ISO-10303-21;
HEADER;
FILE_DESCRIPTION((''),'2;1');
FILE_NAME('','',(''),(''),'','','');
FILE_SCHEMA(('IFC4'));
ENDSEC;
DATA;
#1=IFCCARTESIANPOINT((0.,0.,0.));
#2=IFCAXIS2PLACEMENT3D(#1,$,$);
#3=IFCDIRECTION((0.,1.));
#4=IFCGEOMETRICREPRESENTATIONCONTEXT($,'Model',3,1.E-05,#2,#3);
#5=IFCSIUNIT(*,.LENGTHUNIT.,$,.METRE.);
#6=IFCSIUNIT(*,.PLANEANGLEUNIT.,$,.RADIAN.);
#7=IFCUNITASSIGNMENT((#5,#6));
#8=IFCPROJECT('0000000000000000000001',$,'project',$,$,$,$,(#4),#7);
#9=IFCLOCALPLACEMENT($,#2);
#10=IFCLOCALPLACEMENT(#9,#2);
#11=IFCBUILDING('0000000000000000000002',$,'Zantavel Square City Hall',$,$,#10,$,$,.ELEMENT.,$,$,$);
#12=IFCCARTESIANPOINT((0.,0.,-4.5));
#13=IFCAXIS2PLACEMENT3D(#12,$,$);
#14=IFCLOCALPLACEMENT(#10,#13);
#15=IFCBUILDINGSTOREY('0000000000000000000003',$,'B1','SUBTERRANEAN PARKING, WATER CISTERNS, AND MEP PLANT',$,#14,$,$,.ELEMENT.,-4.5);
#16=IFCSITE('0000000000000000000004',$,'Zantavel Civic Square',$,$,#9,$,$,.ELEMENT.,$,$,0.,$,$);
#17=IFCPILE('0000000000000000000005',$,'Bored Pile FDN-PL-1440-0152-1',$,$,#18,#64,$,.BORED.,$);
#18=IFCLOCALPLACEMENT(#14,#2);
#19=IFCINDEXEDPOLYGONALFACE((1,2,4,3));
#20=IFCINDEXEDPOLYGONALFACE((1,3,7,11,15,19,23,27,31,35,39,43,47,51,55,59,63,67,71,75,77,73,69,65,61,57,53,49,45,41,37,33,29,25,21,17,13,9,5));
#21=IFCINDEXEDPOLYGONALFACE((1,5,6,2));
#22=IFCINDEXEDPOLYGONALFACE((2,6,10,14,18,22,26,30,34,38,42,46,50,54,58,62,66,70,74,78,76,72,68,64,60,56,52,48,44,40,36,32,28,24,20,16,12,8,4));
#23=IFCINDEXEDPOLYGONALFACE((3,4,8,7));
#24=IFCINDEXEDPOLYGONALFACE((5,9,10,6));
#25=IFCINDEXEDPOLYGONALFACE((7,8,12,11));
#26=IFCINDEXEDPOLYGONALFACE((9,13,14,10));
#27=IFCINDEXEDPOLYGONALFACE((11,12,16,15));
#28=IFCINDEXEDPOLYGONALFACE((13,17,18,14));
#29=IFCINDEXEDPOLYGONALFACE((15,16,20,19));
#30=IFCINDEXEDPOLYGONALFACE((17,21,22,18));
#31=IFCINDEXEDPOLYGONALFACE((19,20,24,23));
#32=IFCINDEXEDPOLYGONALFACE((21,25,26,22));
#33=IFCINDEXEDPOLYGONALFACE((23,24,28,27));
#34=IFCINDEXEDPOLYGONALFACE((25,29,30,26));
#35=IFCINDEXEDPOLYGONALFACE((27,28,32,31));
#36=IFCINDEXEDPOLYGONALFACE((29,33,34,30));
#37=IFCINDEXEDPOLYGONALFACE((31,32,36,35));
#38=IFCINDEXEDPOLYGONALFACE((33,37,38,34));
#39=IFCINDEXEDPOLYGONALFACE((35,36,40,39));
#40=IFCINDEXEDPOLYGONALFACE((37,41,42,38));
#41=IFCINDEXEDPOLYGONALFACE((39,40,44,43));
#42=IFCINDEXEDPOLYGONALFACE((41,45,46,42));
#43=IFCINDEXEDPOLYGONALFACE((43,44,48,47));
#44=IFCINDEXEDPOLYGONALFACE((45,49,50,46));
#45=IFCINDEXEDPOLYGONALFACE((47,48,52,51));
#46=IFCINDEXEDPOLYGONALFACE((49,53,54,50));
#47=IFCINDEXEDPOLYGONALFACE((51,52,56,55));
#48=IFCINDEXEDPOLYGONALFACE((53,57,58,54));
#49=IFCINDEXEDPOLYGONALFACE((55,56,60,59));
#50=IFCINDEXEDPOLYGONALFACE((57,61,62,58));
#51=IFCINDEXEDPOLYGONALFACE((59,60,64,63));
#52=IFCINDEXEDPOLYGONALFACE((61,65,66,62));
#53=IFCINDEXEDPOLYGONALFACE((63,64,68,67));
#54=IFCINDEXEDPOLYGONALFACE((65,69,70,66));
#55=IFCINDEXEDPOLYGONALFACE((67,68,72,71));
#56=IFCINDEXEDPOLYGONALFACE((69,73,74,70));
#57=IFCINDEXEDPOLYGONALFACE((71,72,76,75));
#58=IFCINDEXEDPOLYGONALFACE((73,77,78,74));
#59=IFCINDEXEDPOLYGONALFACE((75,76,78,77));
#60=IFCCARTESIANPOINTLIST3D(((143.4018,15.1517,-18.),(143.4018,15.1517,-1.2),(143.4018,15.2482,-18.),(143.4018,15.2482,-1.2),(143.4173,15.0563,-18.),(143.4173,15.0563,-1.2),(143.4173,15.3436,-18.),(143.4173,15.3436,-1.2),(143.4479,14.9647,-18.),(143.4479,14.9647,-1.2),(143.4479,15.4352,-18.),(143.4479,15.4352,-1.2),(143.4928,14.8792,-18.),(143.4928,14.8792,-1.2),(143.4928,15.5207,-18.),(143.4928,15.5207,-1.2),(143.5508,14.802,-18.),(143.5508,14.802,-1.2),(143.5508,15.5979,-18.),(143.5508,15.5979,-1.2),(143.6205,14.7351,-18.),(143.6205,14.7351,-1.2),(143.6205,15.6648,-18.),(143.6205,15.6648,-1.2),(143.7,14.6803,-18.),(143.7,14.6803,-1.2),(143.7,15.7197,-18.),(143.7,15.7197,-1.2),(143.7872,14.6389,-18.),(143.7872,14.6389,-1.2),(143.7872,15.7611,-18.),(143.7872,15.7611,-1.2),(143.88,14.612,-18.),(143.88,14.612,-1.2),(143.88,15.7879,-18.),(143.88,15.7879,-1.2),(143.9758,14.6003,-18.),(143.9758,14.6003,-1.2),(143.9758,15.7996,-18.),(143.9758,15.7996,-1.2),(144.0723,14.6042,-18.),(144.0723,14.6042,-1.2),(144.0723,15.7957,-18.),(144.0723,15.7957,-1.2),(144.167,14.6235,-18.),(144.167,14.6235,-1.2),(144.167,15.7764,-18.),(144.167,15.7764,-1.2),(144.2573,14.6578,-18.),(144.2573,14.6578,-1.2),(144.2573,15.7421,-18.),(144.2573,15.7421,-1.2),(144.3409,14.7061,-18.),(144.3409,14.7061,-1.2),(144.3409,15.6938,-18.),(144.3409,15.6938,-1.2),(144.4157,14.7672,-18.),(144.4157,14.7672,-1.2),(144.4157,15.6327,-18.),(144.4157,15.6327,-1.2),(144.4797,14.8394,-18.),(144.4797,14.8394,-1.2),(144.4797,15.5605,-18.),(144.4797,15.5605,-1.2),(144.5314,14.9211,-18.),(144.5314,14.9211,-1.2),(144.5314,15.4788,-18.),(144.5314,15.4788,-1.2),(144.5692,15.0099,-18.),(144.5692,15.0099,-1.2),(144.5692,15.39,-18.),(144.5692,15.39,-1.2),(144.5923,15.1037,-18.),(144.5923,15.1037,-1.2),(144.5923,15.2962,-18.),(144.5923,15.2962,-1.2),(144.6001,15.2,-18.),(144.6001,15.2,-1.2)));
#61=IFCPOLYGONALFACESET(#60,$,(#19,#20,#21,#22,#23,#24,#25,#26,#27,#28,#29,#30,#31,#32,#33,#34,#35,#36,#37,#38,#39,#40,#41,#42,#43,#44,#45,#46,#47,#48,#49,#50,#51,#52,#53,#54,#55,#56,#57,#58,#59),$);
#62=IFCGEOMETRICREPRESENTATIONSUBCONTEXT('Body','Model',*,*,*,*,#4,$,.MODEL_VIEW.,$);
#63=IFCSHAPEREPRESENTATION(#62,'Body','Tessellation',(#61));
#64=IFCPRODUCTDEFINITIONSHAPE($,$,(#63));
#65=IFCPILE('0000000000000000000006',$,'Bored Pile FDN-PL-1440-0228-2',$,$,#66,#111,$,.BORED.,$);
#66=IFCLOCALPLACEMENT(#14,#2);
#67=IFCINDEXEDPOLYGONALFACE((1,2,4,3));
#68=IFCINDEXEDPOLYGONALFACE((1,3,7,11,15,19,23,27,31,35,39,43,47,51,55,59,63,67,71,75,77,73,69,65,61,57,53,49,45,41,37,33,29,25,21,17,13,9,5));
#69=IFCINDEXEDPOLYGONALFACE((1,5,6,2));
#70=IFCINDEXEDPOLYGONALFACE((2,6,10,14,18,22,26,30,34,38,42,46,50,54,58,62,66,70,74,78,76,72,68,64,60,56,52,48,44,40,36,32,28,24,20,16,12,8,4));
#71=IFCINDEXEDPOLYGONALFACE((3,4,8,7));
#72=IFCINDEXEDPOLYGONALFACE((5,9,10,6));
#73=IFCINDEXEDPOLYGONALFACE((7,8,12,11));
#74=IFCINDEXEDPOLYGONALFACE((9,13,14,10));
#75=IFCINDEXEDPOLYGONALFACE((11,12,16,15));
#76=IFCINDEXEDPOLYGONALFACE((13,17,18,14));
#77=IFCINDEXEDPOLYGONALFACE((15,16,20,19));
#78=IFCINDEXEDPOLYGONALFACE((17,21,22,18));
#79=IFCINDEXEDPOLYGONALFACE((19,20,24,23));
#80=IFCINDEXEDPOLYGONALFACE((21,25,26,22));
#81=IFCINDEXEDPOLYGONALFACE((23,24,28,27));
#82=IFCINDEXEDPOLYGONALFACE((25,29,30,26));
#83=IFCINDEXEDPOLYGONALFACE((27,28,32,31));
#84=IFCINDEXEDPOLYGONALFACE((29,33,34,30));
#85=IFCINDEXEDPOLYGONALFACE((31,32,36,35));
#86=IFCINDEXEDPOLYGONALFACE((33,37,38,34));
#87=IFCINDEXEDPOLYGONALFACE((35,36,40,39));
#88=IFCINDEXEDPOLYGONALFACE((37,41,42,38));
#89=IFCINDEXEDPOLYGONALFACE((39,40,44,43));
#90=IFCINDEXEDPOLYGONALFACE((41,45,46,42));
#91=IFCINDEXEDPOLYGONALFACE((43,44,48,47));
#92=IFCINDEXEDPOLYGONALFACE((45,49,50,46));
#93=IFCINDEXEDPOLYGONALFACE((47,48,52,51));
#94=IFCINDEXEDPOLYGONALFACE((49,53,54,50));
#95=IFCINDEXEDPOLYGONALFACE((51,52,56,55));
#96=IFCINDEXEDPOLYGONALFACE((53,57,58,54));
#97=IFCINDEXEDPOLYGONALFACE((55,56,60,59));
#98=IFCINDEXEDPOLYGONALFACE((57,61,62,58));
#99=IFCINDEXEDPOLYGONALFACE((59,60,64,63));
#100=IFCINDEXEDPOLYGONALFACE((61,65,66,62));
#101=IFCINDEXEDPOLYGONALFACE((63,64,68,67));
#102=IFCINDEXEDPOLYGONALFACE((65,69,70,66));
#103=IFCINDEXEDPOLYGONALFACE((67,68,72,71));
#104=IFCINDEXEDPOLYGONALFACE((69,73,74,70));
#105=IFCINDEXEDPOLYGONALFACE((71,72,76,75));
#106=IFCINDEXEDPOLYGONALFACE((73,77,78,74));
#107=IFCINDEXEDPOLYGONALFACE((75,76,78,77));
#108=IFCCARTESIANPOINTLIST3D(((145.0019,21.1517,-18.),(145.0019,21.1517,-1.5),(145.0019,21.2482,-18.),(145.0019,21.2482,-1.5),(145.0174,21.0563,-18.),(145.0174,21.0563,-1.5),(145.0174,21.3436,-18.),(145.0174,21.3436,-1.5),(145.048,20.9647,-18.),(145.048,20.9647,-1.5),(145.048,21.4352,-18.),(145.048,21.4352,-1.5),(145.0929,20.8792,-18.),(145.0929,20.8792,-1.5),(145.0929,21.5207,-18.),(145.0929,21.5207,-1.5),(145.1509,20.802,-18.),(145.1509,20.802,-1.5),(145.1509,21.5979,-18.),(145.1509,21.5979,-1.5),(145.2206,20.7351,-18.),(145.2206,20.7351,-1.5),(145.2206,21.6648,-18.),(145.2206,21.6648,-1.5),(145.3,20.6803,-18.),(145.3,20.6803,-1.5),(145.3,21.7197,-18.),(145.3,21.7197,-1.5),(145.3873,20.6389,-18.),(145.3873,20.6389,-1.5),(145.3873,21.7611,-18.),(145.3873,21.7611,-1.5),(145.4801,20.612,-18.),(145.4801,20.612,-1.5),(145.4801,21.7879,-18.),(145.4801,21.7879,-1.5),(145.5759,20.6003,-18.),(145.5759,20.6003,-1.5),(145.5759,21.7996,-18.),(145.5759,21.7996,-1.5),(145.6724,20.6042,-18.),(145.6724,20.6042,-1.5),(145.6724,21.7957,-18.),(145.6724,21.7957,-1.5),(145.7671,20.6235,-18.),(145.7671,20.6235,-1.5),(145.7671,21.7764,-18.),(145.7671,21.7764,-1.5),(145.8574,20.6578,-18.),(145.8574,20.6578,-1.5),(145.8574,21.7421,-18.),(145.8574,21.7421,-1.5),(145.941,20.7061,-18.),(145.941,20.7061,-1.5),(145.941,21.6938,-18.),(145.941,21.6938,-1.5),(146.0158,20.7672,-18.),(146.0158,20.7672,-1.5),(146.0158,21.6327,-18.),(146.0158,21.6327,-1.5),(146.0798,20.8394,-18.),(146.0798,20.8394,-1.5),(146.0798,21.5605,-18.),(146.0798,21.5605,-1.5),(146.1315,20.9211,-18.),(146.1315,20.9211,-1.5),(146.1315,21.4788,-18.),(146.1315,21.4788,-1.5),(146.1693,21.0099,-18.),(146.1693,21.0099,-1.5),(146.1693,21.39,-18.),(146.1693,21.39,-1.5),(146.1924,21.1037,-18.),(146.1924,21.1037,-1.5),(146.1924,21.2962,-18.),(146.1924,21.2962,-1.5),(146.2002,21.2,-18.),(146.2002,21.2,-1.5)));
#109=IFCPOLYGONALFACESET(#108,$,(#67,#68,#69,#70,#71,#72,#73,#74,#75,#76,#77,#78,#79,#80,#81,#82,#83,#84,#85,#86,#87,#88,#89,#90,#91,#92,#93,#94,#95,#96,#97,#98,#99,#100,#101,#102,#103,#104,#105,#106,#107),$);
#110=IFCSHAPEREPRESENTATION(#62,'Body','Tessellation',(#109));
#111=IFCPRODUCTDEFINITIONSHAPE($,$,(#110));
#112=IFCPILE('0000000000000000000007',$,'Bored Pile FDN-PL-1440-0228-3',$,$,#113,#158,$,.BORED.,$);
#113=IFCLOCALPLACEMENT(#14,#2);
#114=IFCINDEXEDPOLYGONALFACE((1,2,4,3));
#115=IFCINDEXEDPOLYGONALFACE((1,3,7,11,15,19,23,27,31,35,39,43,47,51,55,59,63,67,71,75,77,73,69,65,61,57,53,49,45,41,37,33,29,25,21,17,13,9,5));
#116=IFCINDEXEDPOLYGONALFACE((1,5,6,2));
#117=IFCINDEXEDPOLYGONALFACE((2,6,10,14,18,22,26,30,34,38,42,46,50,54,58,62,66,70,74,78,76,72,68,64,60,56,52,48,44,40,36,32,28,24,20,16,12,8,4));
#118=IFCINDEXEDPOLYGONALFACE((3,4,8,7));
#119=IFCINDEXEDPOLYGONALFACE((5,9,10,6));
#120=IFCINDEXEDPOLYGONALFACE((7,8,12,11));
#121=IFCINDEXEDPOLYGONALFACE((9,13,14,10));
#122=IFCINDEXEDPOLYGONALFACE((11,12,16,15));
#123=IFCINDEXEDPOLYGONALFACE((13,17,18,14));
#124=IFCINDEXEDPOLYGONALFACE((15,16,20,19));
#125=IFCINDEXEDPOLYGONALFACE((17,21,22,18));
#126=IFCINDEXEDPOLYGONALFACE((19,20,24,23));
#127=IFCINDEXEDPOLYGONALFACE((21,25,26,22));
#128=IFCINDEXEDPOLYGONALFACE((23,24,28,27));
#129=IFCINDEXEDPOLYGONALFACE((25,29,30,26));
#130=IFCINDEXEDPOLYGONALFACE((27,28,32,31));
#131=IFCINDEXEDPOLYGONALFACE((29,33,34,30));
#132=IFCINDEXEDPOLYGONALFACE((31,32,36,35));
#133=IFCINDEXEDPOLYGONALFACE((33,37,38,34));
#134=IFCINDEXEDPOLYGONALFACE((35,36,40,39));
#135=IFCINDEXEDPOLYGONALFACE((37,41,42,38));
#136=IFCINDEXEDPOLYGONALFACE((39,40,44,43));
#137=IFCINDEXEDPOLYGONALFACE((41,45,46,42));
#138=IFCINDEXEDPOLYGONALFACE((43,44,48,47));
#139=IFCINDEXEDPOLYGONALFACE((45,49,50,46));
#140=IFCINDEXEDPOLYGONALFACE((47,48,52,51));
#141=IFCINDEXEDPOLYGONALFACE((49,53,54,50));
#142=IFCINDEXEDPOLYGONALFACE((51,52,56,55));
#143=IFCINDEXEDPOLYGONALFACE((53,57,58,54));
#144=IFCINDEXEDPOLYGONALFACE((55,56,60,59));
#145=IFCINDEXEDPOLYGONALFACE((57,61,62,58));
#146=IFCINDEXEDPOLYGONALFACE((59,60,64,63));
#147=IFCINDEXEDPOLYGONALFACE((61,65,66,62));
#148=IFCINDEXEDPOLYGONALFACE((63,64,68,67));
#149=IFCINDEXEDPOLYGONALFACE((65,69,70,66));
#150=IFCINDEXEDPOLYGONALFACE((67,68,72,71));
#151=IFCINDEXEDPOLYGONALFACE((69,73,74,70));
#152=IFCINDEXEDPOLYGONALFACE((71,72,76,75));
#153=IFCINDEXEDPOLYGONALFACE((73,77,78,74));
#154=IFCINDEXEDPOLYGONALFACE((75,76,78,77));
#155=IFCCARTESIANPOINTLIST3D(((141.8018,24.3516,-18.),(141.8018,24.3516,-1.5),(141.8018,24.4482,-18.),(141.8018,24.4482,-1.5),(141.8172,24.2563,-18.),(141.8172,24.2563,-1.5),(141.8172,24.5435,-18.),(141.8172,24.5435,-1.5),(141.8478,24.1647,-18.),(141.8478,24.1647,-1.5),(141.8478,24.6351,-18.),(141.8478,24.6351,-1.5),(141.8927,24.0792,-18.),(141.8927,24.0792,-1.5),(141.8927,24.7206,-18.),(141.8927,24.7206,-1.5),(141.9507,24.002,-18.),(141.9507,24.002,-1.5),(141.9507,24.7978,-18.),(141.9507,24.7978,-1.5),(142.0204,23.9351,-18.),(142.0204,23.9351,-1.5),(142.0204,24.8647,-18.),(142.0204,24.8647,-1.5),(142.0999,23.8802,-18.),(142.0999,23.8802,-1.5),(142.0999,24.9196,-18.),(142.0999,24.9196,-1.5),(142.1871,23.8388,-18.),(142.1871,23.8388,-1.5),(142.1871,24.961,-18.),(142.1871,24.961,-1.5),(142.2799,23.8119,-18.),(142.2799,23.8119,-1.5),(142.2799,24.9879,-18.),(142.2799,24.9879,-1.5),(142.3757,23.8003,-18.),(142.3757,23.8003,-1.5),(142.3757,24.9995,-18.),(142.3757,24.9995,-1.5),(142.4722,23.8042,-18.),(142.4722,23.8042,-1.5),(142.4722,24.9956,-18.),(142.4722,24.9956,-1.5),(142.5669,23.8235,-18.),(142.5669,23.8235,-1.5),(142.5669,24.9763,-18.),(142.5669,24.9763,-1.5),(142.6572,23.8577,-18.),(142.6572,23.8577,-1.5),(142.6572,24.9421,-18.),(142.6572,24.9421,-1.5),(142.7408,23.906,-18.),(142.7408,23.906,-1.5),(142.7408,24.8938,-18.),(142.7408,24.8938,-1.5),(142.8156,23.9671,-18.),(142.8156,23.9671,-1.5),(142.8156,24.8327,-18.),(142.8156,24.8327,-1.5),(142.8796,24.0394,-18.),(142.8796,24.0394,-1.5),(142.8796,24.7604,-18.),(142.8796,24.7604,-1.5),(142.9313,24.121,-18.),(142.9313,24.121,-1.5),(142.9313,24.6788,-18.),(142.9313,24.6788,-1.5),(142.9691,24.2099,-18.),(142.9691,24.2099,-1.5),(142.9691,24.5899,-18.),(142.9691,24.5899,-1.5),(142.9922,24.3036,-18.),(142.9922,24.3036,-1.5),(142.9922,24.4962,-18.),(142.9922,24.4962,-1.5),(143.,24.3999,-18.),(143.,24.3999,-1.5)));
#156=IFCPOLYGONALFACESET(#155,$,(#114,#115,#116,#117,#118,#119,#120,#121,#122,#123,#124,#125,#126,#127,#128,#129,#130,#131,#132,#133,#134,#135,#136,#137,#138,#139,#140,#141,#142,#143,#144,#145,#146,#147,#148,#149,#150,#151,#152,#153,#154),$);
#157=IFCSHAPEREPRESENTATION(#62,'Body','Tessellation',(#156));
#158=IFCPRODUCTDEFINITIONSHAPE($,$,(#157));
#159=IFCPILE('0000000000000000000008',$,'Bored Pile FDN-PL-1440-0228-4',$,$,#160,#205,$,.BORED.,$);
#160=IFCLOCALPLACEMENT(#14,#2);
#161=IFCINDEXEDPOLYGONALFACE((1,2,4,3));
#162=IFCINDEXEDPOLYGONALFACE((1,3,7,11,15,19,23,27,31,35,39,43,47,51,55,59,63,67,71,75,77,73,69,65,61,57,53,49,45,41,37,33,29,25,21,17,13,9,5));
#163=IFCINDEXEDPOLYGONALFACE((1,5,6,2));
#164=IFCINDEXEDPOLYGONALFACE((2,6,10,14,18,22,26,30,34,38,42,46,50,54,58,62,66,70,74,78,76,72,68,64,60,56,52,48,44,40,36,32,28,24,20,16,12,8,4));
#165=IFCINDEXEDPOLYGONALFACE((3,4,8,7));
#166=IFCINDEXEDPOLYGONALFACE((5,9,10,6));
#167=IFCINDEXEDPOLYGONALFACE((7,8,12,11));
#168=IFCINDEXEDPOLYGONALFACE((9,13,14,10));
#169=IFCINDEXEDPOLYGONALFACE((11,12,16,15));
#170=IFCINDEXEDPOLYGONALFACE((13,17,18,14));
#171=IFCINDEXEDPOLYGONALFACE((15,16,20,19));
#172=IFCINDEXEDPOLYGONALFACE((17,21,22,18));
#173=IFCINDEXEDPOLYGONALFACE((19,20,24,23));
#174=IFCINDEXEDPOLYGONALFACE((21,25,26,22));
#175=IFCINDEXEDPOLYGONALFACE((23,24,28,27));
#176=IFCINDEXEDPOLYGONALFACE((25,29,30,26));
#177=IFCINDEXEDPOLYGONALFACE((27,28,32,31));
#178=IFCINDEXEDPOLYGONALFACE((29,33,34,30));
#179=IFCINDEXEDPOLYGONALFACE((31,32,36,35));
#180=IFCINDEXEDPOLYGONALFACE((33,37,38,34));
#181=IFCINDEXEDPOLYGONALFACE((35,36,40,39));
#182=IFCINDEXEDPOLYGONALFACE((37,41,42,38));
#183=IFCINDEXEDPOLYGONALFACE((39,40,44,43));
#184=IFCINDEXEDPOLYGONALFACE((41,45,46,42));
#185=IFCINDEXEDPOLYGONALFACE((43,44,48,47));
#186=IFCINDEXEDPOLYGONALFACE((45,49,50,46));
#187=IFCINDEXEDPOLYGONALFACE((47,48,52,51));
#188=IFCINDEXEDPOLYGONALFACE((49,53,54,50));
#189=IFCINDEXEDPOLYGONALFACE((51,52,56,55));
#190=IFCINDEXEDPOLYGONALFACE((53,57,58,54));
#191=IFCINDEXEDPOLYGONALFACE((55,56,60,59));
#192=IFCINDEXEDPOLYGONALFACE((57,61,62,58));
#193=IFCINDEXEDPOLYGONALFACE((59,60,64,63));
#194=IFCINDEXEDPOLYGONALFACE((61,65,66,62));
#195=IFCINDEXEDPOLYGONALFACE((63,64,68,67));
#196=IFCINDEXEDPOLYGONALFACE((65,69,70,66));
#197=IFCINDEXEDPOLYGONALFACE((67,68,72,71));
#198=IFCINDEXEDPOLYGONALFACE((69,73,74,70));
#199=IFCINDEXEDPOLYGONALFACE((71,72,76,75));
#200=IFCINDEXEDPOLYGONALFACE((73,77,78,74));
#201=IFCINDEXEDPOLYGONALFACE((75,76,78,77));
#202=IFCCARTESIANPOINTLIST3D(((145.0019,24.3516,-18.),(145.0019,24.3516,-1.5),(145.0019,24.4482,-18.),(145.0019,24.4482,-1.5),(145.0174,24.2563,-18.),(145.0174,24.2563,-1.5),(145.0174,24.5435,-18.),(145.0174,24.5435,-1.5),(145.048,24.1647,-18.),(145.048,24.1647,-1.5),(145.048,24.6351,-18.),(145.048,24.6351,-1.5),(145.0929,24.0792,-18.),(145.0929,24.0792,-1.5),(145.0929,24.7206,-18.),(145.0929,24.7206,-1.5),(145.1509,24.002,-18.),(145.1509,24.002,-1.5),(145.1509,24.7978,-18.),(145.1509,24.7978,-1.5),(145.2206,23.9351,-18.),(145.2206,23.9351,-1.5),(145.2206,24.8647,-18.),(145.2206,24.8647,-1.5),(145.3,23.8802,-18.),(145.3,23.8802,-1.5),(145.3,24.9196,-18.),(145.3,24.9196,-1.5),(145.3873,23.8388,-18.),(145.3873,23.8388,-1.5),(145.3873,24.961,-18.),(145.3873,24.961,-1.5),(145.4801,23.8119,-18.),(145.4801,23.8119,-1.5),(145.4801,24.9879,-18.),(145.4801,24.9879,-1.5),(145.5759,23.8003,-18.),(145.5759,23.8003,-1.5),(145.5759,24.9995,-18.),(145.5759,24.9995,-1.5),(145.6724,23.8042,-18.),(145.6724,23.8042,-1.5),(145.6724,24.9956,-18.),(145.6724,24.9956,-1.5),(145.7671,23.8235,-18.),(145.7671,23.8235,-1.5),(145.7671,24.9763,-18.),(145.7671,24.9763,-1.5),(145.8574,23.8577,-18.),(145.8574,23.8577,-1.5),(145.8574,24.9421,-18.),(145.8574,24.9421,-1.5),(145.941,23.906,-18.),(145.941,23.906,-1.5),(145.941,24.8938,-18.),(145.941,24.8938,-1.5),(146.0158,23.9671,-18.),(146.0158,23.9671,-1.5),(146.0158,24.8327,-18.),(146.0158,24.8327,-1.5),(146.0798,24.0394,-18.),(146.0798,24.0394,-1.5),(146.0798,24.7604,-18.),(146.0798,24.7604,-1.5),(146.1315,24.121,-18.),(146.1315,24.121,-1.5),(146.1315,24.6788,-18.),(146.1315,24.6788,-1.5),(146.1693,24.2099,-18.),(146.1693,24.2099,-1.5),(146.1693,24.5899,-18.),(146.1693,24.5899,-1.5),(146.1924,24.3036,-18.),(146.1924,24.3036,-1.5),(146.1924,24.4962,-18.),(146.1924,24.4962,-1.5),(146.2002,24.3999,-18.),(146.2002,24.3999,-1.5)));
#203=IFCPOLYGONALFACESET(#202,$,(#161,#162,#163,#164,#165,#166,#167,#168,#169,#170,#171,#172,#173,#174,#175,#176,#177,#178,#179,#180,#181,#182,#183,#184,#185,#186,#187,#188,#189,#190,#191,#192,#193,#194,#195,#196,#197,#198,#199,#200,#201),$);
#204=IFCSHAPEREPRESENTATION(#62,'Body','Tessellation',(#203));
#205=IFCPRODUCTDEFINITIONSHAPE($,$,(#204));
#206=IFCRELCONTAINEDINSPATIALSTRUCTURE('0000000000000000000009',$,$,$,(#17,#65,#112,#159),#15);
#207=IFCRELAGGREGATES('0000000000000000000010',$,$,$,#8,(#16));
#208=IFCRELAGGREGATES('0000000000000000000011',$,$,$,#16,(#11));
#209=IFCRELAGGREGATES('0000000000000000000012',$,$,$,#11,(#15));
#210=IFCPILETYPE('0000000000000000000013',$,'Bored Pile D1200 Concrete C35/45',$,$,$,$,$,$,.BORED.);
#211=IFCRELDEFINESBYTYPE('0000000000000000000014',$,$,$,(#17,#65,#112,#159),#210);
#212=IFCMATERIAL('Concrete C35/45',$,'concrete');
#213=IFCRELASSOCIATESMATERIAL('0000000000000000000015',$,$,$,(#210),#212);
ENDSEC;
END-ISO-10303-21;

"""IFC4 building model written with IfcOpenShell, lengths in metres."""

from ifc_helpers import new_model, si_unit, direction, frame, origin, origin_2d, place, context, subcontext, project, spatial, circle, extrude, material, material_profile, profile_set, type_object, element, save


model = new_model("IFC4")

# Units and contexts
model_context = context("Model", 3, precision=1e-05, world=origin(), true_north=direction((0.0, 1.0)))
body_context = subcontext(model_context, "Body", "Model", "MODEL_VIEW")
ifc_project = project(units=[si_unit("LENGTHUNIT", "METRE"), si_unit("PLANEANGLEUNIT", "RADIAN")], contexts=[model_context])

# Site, building, storey
site_placement = place(None, origin())
site = spatial("IfcSite", under=ifc_project, at=site_placement, Name="Zantavel Civic Square", CompositionType="ELEMENT", RefElevation=0.0)
building_placement = place(site_placement, origin())
building = spatial("IfcBuilding", under=site, at=building_placement, Name="Zantavel Square City Hall", CompositionType="ELEMENT")
storey_placement = place(building_placement, frame((0.0, 0.0, -4.5)))
storey = spatial("IfcBuildingStorey", under=building, at=storey_placement, Name="B1", Description="SUBTERRANEAN PARKING, WATER CISTERNS, AND MEP PLANT", CompositionType="ELEMENT", Elevation=-4.5)

# Piles
ifc_material_1 = material(Name="Concrete C35/45", Category="concrete")
ifc_material_profile_1 = material_profile(ifc_material_1, circle(Radius=0.6001, at=origin_2d()), Name="PILE D1200")
ifc_profile_set_1 = profile_set([ifc_material_profile_1], Name="Concrete C35/45")
pile_type_1 = type_object("IfcPileType", Name="Bored Pile D1200 Concrete C35/45", PredefinedType="BORED", material=ifc_profile_set_1)
pile_1_placement = place(storey_placement, frame((144.0, 15.2, -1.2), z_axis=(0.0, 0.0, -1.0), x_axis=(1.0, 0.0, 0.0)))
element("IfcPile", 1, at=pile_1_placement, inside=storey, type_object=pile_type_1, Name="Bored Pile FDN-PL-1440-0152-1", PredefinedType="BORED", context=body_context, shape_type="SweptSolid", body=[
    extrude(circle(Radius=0.6001, at=origin_2d()), origin(), (0.0, 0.0, 1.0), 16.8),
])
for number, where, z_axis, x_axis, name in (
    (2, (145.6001, 21.2, -1.5), (0.0, 0.0, -1.0), (1.0, 0.0, 0.0), "Bored Pile FDN-PL-1440-0228-2"),
    (3, (142.3999, 24.3999, -1.5), (0.0, 0.0, -1.0), (1.0, 0.0, 0.0), "Bored Pile FDN-PL-1440-0228-3"),
    (4, (145.6001, 24.3999, -1.5), (0.0, 0.0, -1.0), (1.0, 0.0, 0.0), "Bored Pile FDN-PL-1440-0228-4"),
):
    element("IfcPile", number, at=place(storey_placement, frame(where, z_axis=z_axis, x_axis=x_axis)), inside=storey, type_object=pile_type_1, Name=name, PredefinedType="BORED", context=body_context, shape_type="SweptSolid", body=[
        extrude(circle(Radius=0.6001, at=origin_2d()), origin(), (0.0, 0.0, 1.0), 16.5),
    ])

save(model, "model.ifc")
